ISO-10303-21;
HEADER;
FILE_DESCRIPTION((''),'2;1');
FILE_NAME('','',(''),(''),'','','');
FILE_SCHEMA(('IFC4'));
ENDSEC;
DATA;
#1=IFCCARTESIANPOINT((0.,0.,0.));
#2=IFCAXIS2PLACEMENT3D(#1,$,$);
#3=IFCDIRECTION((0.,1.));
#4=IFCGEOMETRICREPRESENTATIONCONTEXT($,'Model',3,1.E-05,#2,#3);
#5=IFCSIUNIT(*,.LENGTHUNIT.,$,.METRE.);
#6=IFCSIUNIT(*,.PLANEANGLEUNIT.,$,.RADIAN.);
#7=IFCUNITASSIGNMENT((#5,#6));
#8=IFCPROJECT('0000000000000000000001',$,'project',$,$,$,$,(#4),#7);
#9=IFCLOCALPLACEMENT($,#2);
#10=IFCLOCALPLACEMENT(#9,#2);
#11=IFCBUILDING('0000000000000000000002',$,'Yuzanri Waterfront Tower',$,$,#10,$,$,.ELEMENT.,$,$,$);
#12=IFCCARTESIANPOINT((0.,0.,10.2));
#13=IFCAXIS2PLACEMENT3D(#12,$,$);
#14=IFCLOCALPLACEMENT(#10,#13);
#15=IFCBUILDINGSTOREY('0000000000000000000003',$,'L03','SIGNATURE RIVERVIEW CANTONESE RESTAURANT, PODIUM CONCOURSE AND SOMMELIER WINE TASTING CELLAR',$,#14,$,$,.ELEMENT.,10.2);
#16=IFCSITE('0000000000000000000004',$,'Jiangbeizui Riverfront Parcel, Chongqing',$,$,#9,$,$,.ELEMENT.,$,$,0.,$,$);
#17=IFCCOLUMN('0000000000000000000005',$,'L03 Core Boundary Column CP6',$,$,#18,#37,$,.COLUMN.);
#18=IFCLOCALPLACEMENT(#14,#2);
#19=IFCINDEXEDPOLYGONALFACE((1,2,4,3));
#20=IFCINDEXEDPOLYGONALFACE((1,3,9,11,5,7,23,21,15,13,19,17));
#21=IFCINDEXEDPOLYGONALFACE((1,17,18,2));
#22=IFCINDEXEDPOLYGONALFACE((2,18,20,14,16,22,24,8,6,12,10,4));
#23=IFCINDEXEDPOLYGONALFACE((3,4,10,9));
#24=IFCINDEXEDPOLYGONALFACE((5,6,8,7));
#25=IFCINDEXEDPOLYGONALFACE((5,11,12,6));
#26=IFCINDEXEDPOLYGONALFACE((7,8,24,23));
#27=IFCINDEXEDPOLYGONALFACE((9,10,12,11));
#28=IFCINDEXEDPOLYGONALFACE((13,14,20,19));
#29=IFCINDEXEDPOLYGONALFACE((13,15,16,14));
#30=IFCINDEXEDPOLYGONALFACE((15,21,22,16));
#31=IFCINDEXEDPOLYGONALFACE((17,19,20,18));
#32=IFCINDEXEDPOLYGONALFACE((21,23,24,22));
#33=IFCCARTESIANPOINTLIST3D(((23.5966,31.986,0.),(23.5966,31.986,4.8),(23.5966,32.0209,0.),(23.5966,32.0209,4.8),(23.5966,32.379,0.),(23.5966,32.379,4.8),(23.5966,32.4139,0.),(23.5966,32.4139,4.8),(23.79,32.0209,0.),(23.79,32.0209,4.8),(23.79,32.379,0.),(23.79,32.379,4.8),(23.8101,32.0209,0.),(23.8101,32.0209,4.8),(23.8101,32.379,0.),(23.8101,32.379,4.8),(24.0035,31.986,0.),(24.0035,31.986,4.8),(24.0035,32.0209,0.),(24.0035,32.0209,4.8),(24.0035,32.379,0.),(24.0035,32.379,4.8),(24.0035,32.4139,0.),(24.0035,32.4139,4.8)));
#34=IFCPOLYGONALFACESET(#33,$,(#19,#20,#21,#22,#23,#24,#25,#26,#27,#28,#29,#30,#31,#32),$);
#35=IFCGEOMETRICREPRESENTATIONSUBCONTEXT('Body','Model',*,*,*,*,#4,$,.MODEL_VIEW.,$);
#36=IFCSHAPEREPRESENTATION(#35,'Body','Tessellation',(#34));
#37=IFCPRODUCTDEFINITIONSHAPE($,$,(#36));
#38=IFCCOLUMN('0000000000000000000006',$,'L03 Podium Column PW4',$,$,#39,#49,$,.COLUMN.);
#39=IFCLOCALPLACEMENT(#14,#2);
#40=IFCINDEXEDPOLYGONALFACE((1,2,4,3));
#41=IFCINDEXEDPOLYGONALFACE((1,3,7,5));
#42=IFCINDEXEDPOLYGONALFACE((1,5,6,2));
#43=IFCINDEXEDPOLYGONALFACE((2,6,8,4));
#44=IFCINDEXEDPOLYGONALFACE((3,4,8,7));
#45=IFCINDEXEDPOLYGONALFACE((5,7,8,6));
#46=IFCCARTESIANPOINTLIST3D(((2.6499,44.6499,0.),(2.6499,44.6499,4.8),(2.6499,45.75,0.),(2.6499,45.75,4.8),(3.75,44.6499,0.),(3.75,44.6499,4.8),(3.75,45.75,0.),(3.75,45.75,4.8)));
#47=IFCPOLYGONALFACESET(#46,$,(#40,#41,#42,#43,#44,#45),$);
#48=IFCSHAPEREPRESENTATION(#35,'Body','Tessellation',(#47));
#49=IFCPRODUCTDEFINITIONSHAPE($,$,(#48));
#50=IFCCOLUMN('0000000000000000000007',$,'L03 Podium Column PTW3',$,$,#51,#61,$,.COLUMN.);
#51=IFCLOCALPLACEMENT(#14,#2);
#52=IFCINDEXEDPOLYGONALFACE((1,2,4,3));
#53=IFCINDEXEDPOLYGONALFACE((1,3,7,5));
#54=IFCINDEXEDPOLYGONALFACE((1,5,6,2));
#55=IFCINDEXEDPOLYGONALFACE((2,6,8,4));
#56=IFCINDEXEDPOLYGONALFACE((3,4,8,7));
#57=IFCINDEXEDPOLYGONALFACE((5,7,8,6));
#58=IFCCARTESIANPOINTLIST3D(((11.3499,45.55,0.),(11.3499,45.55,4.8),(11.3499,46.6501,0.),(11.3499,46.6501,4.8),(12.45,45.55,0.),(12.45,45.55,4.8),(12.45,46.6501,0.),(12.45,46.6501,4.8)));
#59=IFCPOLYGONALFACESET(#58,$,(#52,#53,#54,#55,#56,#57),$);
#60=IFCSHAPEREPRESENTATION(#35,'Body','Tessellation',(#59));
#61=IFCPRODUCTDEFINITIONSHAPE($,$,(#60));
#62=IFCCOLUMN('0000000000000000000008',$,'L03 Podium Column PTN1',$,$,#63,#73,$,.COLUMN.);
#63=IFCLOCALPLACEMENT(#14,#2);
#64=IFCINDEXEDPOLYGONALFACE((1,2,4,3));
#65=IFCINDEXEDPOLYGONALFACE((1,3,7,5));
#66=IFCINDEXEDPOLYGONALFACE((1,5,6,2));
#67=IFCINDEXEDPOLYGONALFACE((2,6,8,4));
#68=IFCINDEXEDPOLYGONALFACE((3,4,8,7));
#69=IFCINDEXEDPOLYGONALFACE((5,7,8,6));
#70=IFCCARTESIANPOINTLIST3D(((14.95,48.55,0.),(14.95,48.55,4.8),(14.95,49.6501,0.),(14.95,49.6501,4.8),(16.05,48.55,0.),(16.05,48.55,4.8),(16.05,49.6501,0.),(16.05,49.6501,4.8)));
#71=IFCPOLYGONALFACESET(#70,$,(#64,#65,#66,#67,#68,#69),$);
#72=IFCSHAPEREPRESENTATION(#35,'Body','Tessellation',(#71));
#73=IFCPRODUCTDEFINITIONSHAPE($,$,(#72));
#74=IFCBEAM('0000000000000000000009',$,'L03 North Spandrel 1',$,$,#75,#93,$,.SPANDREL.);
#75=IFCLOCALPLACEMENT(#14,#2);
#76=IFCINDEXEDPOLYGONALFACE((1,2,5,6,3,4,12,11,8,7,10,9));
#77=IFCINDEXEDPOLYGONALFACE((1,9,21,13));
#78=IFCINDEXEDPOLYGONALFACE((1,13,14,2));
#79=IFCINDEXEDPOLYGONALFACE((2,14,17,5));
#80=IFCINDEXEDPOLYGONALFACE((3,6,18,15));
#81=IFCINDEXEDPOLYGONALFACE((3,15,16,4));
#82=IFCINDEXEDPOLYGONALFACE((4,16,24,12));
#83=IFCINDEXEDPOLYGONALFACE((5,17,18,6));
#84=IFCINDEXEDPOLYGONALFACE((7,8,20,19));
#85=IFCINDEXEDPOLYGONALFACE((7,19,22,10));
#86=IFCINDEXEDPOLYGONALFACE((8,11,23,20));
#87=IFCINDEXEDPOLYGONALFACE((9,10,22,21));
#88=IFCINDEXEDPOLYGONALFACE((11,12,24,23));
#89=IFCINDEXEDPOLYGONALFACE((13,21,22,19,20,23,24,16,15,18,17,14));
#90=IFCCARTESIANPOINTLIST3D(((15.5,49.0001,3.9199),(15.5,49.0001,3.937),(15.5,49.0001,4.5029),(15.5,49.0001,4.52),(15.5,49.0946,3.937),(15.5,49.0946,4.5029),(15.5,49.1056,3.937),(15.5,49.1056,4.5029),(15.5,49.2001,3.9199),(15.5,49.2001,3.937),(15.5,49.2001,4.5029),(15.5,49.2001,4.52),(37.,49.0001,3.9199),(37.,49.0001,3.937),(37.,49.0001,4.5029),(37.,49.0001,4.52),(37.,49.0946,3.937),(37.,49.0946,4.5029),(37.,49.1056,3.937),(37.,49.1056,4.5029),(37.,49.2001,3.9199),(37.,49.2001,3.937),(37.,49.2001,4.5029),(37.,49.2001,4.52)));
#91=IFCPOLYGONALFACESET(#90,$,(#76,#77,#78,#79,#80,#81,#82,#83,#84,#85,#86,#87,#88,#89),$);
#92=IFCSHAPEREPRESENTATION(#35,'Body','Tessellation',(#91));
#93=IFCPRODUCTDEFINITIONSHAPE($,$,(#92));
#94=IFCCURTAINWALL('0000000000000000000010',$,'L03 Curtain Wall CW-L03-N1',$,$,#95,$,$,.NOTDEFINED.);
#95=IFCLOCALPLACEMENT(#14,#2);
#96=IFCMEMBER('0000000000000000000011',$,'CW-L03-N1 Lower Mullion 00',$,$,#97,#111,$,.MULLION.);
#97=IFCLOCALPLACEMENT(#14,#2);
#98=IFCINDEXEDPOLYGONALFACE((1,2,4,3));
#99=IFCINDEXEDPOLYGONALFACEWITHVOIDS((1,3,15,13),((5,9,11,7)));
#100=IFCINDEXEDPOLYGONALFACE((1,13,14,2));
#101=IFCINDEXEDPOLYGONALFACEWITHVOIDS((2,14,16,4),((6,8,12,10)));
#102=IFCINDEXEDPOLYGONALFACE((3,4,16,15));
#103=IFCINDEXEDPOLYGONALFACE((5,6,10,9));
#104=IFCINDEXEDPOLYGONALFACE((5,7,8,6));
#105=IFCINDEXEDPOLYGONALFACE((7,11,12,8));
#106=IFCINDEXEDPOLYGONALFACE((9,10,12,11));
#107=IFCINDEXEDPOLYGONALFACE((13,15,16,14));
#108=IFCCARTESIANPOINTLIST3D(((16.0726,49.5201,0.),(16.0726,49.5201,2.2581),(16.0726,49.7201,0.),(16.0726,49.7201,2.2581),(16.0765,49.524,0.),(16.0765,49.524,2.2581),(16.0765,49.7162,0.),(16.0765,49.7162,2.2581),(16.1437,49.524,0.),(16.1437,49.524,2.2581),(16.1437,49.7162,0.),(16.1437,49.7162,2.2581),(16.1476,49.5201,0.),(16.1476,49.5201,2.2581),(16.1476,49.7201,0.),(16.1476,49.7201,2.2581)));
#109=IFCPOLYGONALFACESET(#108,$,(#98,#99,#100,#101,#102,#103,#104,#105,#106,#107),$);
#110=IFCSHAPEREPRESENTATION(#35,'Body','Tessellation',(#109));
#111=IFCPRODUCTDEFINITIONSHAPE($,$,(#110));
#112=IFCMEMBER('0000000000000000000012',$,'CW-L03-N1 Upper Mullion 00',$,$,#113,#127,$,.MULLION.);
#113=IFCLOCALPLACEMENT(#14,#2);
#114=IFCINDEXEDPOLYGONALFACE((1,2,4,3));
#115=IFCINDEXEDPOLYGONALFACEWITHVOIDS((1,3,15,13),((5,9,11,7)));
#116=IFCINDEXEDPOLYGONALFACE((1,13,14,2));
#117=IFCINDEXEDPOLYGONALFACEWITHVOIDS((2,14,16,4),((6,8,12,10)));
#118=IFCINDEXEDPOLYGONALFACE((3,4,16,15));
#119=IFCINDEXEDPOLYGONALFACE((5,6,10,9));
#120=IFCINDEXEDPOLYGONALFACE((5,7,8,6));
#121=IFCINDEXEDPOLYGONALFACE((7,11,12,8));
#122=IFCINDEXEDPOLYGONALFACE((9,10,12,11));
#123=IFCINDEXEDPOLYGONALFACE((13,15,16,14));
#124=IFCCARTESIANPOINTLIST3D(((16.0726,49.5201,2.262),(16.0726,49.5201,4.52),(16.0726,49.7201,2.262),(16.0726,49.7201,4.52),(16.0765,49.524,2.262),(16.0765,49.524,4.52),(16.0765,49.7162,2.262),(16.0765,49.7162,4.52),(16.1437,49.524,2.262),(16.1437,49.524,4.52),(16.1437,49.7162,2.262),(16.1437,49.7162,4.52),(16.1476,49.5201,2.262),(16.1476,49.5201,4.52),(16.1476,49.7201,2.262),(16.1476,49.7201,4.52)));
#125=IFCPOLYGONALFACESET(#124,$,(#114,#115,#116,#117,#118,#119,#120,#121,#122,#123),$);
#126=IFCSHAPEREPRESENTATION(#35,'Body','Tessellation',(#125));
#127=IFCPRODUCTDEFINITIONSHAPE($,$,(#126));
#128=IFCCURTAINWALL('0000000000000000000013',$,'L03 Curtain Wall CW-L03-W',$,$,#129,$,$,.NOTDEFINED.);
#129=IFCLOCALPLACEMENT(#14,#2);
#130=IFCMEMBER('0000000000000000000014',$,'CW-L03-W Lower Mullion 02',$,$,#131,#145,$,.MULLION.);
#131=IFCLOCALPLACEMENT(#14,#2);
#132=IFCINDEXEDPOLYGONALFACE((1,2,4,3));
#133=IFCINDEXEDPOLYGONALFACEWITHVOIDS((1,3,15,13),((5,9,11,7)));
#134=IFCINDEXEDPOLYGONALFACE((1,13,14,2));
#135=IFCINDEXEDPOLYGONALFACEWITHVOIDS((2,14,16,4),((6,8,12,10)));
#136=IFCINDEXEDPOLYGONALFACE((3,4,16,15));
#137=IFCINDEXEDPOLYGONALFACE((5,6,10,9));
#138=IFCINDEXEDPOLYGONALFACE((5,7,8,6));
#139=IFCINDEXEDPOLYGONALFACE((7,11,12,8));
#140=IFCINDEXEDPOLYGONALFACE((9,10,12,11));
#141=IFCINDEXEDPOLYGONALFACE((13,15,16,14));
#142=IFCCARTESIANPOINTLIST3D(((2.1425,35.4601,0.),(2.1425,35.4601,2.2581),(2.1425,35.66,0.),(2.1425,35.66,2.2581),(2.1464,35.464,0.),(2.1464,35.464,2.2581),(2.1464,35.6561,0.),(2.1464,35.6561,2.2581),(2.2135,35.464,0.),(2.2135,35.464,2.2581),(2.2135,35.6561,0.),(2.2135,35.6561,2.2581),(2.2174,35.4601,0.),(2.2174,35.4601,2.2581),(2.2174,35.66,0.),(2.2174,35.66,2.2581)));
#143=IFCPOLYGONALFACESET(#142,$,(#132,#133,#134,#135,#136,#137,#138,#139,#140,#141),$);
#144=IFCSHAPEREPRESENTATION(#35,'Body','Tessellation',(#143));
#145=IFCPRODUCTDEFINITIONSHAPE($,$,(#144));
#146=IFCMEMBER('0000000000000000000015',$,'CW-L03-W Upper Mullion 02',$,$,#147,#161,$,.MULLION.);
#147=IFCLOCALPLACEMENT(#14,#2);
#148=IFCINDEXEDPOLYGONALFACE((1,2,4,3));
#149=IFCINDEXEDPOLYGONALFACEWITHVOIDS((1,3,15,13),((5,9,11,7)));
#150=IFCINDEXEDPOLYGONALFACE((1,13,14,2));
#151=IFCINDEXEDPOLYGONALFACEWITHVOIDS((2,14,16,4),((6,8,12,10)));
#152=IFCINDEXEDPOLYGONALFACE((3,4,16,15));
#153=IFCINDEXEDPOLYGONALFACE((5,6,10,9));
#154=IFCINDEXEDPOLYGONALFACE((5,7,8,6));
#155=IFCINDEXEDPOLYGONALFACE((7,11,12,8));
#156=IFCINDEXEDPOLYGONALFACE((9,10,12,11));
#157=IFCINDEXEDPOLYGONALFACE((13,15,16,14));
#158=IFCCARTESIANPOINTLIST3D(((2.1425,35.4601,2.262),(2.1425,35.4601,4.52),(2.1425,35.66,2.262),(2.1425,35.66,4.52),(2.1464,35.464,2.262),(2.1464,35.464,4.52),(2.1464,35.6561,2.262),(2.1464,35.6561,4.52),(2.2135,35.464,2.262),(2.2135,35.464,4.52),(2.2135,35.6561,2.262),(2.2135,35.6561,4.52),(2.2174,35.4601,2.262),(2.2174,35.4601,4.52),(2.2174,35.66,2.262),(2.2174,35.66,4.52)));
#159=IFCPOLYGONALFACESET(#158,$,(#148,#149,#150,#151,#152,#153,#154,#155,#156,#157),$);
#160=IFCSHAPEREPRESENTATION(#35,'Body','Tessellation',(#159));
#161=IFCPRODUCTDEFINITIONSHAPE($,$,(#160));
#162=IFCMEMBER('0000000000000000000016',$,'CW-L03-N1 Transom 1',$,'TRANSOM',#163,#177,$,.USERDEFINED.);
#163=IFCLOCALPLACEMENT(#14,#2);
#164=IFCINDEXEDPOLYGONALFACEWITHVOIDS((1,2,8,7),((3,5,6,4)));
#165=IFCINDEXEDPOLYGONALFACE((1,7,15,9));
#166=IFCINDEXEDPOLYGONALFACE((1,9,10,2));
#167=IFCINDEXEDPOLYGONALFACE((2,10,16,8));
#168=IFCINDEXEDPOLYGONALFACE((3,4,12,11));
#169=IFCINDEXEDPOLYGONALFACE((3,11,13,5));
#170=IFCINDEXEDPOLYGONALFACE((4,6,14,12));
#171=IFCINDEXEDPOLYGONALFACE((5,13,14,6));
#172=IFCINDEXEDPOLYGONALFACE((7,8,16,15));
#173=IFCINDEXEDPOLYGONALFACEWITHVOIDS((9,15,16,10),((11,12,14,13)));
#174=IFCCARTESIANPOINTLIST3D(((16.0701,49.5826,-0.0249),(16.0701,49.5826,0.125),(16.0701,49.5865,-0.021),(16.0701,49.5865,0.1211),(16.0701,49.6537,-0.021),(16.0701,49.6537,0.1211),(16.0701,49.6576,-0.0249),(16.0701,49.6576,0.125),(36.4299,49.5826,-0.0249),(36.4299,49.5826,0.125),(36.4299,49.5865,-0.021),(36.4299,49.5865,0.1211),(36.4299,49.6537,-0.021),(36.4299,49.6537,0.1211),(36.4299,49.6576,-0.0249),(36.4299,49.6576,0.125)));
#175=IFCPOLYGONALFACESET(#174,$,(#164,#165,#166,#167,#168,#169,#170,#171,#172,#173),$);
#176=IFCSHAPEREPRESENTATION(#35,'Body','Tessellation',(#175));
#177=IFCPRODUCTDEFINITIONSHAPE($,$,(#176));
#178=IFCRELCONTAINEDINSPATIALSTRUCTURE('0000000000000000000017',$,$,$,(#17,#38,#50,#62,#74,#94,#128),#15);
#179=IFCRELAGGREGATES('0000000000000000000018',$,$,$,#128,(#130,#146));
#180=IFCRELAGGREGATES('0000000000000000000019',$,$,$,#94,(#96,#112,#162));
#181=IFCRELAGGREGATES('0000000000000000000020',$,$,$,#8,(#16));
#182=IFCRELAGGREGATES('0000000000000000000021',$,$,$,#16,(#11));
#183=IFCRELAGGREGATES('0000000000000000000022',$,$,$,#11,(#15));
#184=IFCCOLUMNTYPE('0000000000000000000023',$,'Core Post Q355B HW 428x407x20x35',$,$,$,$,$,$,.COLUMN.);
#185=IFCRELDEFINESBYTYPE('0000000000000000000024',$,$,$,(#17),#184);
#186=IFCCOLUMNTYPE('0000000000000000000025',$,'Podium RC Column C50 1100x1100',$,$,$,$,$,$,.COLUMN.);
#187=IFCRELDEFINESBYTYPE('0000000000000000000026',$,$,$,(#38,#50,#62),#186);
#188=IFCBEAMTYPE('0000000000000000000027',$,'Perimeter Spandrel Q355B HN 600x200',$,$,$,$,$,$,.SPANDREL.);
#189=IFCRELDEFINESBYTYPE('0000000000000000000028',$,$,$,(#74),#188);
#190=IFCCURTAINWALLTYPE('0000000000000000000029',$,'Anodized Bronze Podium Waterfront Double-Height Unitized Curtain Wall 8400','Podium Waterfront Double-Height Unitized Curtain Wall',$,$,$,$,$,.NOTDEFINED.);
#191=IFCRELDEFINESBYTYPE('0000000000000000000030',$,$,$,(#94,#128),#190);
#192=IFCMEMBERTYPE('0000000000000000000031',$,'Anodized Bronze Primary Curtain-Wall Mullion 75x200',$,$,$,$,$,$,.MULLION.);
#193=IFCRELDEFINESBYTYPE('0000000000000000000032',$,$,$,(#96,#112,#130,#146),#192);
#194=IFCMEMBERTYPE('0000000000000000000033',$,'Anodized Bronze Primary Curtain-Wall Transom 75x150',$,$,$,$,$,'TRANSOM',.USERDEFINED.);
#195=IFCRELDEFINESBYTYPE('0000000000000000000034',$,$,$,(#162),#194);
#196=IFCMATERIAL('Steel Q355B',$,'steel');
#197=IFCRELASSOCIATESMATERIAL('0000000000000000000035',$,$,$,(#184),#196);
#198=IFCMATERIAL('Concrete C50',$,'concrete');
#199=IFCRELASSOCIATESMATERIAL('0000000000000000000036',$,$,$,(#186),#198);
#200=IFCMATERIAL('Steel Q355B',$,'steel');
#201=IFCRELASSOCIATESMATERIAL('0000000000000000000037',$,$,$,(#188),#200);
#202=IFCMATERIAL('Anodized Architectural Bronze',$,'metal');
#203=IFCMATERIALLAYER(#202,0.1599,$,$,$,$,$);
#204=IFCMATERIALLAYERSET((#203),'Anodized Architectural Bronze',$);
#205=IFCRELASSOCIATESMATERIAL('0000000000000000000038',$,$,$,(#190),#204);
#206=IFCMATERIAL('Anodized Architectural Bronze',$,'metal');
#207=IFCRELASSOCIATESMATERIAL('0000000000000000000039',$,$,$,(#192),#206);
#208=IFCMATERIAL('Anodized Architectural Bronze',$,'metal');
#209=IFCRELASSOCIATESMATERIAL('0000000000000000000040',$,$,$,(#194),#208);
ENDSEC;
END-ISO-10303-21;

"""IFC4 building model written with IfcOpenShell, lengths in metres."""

from ifc_helpers import new_model, si_unit, direction, frame, origin, origin_2d, place, context, subcontext, project, spatial, rectangle, hollow_rectangle, i_section, extrude, source, transform, mapped, material, layer, layer_set, material_profile, profile_set, type_object, element, aggregate, save


model = new_model("IFC4")

# Units and contexts
model_context = context("Model", 3, precision=1e-05, world=origin(), true_north=direction((0.0, 1.0)))
body_context = subcontext(model_context, "Body", "Model", "MODEL_VIEW")
ifc_project = project(units=[si_unit("LENGTHUNIT", "METRE"), si_unit("PLANEANGLEUNIT", "RADIAN")], contexts=[model_context])

# Site, building, storey
site_placement = place(None, origin())
site = spatial("IfcSite", under=ifc_project, at=site_placement, Name="Jiangbeizui Riverfront Parcel, Chongqing", CompositionType="ELEMENT", RefElevation=0.0)
building_placement = place(site_placement, origin())
building = spatial("IfcBuilding", under=site, at=building_placement, Name="Yuzanri Waterfront Tower", CompositionType="ELEMENT")
storey_placement = place(building_placement, frame((0.0, 0.0, 10.2)))
storey = spatial("IfcBuildingStorey", under=building, at=storey_placement, Name="L03", Description="SIGNATURE RIVERVIEW CANTONESE RESTAURANT, PODIUM CONCOURSE AND SOMMELIER WINE TASTING CELLAR", CompositionType="ELEMENT", Elevation=10.2)

# Columns
ifc_material_1 = material(Name="Steel Q355B", Category="steel")
ifc_material_profile_1 = material_profile(ifc_material_1, i_section(OverallWidth=0.407, OverallDepth=0.428, WebThickness=0.02, FlangeThickness=0.0349, at=origin_2d()), Name="HW 428x407x20x35")
ifc_profile_set_1 = profile_set([ifc_material_profile_1], Name="Steel Q355B")
column_type_1 = type_object("IfcColumnType", Name="Core Post Q355B HW 428x407x20x35", PredefinedType="COLUMN", material=ifc_profile_set_1)
shared_shape_1 = source(origin(), body_context, "Body", "SweptSolid", [
    extrude(i_section(OverallWidth=0.407, OverallDepth=0.428, WebThickness=0.02, FlangeThickness=0.0349, at=origin_2d()), origin(), (0.0, 0.0, 1.0), 4.8),
])
column_placement = place(storey_placement, frame((23.8, 32.2, 0.0), z_axis=(0.0, 0.0, 1.0), x_axis=(1.0, 0.0, 0.0)))
element("IfcColumn", 1, at=column_placement, inside=storey, type_object=column_type_1, Name="L03 Core Boundary Column CP6", PredefinedType="COLUMN", context=body_context, shape_type="MappedRepresentation", body=[
    mapped(shared_shape_1, transform((0.0, 0.0, 0.0), scale=1.0)),
])
ifc_material_2 = material(Name="Concrete C50", Category="concrete")
ifc_material_profile_2 = material_profile(ifc_material_2, rectangle(XDim=1.1001, YDim=1.1001, at=origin_2d()), Name="RC 1100x1100")
ifc_profile_set_2 = profile_set([ifc_material_profile_2], Name="Concrete C50")
column_type_2 = type_object("IfcColumnType", Name="Podium RC Column C50 1100x1100", PredefinedType="COLUMN", material=ifc_profile_set_2)
shared_shape_2 = source(origin(), body_context, "Body", "SweptSolid", [
    extrude(rectangle(XDim=1.1001, YDim=1.1001, at=origin_2d()), origin(), (0.0, 0.0, 1.0), 4.8),
])
for number, where, z_axis, x_axis, name in (
    (2, (3.2, 45.2, 0.0), (0.0, 0.0, 1.0), (1.0, 0.0, 0.0), "L03 Podium Column PW4"),
    (3, (11.8999, 46.1001, 0.0), (0.0, 0.0, 1.0), (1.0, 0.0, 0.0), "L03 Podium Column PTW3"),
    (4, (15.5, 49.1001, 0.0), (0.0, 0.0, 1.0), (1.0, 0.0, 0.0), "L03 Podium Column PTN1"),
):
    element("IfcColumn", number, at=place(storey_placement, frame(where, z_axis=z_axis, x_axis=x_axis)), inside=storey, type_object=column_type_2, Name=name, PredefinedType="COLUMN", context=body_context, shape_type="MappedRepresentation", body=[
        mapped(shared_shape_2, transform((0.0, 0.0, 0.0), scale=1.0)),
    ])

# Beam
ifc_material_3 = material(Name="Steel Q355B", Category="steel")
ifc_material_profile_3 = material_profile(ifc_material_3, i_section(OverallWidth=0.2, OverallDepth=0.6001, WebThickness=0.011, FlangeThickness=0.0171, at=origin_2d()), Name="HN 600x200x11x17")
ifc_profile_set_3 = profile_set([ifc_material_profile_3], Name="Steel Q355B")
beam_type = type_object("IfcBeamType", Name="Perimeter Spandrel Q355B HN 600x200", PredefinedType="SPANDREL", material=ifc_profile_set_3)
shared_shape_3 = source(origin(), body_context, "Body", "SweptSolid", [
    extrude(i_section(OverallWidth=0.2, OverallDepth=0.6001, WebThickness=0.011, FlangeThickness=0.0171, at=origin_2d()), origin(), (0.0, 0.0, 1.0), 21.5),
])
beam_placement = place(storey_placement, frame((15.5, 49.1001, 4.22), z_axis=(1.0, 0.0, 0.0), x_axis=(0.0, 1.0, 0.0)))
element("IfcBeam", 5, at=beam_placement, inside=storey, type_object=beam_type, Name="L03 North Spandrel 1", PredefinedType="SPANDREL", context=body_context, shape_type="MappedRepresentation", body=[
    mapped(shared_shape_3, transform((0.0, 0.0, 0.0), scale=1.0)),
])

# Curtain walls, members
ifc_material_4 = material(Name="Anodized Architectural Bronze", Category="metal")
ifc_layer_1 = layer(ifc_material_4, 0.1599)
ifc_layer_set_1 = layer_set([ifc_layer_1], Name="Anodized Architectural Bronze")
curtain_wall_type = type_object("IfcCurtainWallType", Name="Anodized Bronze Podium Waterfront Double-Height Unitized Curtain Wall 8400", Description="Podium Waterfront Double-Height Unitized Curtain Wall", PredefinedType="NOTDEFINED", material=ifc_layer_set_1)
curtain_wall_1_placement = place(storey_placement, origin())
curtain_wall_1 = element("IfcCurtainWall", 6, at=curtain_wall_1_placement, inside=storey, type_object=curtain_wall_type, Name="L03 Curtain Wall CW-L03-N1", PredefinedType="NOTDEFINED")
ifc_material_5 = material(Name="Anodized Architectural Bronze", Category="metal")
ifc_material_profile_4 = material_profile(ifc_material_5, hollow_rectangle(XDim=0.075, YDim=0.2, WallThickness=0.0039, at=origin_2d()), Name="CWM 75x200")
ifc_profile_set_4 = profile_set([ifc_material_profile_4], Name="Anodized Architectural Bronze")
member_type_1 = type_object("IfcMemberType", Name="Anodized Bronze Primary Curtain-Wall Mullion 75x200", PredefinedType="MULLION", material=ifc_profile_set_4)
shared_shape_4 = source(origin(), body_context, "Body", "SweptSolid", [
    extrude(hollow_rectangle(XDim=0.075, YDim=0.2, WallThickness=0.0039, at=origin_2d()), origin(), (0.0, 0.0, 1.0), 2.2581),
])
member_1_placement = place(storey_placement, frame((16.1101, 49.6201, 0.0), z_axis=(0.0, 0.0, 1.0), x_axis=(1.0, 0.0, 0.0)))
member_1 = element("IfcMember", 7, at=member_1_placement, type_object=member_type_1, Name="CW-L03-N1 Lower Mullion 00", PredefinedType="MULLION", context=body_context, shape_type="MappedRepresentation", body=[
    mapped(shared_shape_4, transform((0.0, 0.0, 0.0), scale=1.0)),
])
member_2_placement = place(storey_placement, frame((16.1101, 49.6201, 2.262), z_axis=(0.0, 0.0, 1.0), x_axis=(1.0, 0.0, 0.0)))
member_2 = element("IfcMember", 8, at=member_2_placement, type_object=member_type_1, Name="CW-L03-N1 Upper Mullion 00", PredefinedType="MULLION", context=body_context, shape_type="MappedRepresentation", body=[
    mapped(shared_shape_4, transform((0.0, 0.0, 0.0), scale=1.0)),
])
curtain_wall_2_placement = place(storey_placement, origin())
curtain_wall_2 = element("IfcCurtainWall", 9, at=curtain_wall_2_placement, inside=storey, type_object=curtain_wall_type, Name="L03 Curtain Wall CW-L03-W", PredefinedType="NOTDEFINED")
member_3_placement = place(storey_placement, frame((2.1799, 35.5601, 0.0), z_axis=(0.0, 0.0, 1.0), x_axis=(1.0, 0.0, 0.0)))
member_3 = element("IfcMember", 10, at=member_3_placement, type_object=member_type_1, Name="CW-L03-W Lower Mullion 02", PredefinedType="MULLION", context=body_context, shape_type="MappedRepresentation", body=[
    mapped(shared_shape_4, transform((0.0, 0.0, 0.0), scale=1.0)),
])
member_4_placement = place(storey_placement, frame((2.1799, 35.5601, 2.262), z_axis=(0.0, 0.0, 1.0), x_axis=(1.0, 0.0, 0.0)))
member_4 = element("IfcMember", 11, at=member_4_placement, type_object=member_type_1, Name="CW-L03-W Upper Mullion 02", PredefinedType="MULLION", context=body_context, shape_type="MappedRepresentation", body=[
    mapped(shared_shape_4, transform((0.0, 0.0, 0.0), scale=1.0)),
])
aggregate(curtain_wall_2, [member_3, member_4])

# Member
ifc_material_6 = material(Name="Anodized Architectural Bronze", Category="metal")
ifc_material_profile_5 = material_profile(ifc_material_6, hollow_rectangle(XDim=0.075, YDim=0.1499, WallThickness=0.0039, at=origin_2d()), Name="CWT 75x150")
ifc_profile_set_5 = profile_set([ifc_material_profile_5], Name="Anodized Architectural Bronze")
member_type_2 = type_object("IfcMemberType", Name="Anodized Bronze Primary Curtain-Wall Transom 75x150", ElementType="TRANSOM", PredefinedType="USERDEFINED", material=ifc_profile_set_5)
shared_shape_5 = source(origin(), body_context, "Body", "SweptSolid", [
    extrude(hollow_rectangle(XDim=0.075, YDim=0.1499, WallThickness=0.0039, at=origin_2d()), origin(), (0.0, 0.0, 1.0), 20.3599),
])
member_5_placement = place(storey_placement, frame((16.0701, 49.6201, 0.05), z_axis=(1.0, 0.0, 0.0), x_axis=(0.0, 1.0, 0.0)))
member_5 = element("IfcMember", 12, at=member_5_placement, type_object=member_type_2, Name="CW-L03-N1 Transom 1", ObjectType="TRANSOM", PredefinedType="USERDEFINED", context=body_context, shape_type="MappedRepresentation", body=[
    mapped(shared_shape_5, transform((0.0, 0.0, 0.0), scale=1.0)),
])

aggregate(curtain_wall_1, [member_1, member_2, member_5])

save(model, "model.ifc")
